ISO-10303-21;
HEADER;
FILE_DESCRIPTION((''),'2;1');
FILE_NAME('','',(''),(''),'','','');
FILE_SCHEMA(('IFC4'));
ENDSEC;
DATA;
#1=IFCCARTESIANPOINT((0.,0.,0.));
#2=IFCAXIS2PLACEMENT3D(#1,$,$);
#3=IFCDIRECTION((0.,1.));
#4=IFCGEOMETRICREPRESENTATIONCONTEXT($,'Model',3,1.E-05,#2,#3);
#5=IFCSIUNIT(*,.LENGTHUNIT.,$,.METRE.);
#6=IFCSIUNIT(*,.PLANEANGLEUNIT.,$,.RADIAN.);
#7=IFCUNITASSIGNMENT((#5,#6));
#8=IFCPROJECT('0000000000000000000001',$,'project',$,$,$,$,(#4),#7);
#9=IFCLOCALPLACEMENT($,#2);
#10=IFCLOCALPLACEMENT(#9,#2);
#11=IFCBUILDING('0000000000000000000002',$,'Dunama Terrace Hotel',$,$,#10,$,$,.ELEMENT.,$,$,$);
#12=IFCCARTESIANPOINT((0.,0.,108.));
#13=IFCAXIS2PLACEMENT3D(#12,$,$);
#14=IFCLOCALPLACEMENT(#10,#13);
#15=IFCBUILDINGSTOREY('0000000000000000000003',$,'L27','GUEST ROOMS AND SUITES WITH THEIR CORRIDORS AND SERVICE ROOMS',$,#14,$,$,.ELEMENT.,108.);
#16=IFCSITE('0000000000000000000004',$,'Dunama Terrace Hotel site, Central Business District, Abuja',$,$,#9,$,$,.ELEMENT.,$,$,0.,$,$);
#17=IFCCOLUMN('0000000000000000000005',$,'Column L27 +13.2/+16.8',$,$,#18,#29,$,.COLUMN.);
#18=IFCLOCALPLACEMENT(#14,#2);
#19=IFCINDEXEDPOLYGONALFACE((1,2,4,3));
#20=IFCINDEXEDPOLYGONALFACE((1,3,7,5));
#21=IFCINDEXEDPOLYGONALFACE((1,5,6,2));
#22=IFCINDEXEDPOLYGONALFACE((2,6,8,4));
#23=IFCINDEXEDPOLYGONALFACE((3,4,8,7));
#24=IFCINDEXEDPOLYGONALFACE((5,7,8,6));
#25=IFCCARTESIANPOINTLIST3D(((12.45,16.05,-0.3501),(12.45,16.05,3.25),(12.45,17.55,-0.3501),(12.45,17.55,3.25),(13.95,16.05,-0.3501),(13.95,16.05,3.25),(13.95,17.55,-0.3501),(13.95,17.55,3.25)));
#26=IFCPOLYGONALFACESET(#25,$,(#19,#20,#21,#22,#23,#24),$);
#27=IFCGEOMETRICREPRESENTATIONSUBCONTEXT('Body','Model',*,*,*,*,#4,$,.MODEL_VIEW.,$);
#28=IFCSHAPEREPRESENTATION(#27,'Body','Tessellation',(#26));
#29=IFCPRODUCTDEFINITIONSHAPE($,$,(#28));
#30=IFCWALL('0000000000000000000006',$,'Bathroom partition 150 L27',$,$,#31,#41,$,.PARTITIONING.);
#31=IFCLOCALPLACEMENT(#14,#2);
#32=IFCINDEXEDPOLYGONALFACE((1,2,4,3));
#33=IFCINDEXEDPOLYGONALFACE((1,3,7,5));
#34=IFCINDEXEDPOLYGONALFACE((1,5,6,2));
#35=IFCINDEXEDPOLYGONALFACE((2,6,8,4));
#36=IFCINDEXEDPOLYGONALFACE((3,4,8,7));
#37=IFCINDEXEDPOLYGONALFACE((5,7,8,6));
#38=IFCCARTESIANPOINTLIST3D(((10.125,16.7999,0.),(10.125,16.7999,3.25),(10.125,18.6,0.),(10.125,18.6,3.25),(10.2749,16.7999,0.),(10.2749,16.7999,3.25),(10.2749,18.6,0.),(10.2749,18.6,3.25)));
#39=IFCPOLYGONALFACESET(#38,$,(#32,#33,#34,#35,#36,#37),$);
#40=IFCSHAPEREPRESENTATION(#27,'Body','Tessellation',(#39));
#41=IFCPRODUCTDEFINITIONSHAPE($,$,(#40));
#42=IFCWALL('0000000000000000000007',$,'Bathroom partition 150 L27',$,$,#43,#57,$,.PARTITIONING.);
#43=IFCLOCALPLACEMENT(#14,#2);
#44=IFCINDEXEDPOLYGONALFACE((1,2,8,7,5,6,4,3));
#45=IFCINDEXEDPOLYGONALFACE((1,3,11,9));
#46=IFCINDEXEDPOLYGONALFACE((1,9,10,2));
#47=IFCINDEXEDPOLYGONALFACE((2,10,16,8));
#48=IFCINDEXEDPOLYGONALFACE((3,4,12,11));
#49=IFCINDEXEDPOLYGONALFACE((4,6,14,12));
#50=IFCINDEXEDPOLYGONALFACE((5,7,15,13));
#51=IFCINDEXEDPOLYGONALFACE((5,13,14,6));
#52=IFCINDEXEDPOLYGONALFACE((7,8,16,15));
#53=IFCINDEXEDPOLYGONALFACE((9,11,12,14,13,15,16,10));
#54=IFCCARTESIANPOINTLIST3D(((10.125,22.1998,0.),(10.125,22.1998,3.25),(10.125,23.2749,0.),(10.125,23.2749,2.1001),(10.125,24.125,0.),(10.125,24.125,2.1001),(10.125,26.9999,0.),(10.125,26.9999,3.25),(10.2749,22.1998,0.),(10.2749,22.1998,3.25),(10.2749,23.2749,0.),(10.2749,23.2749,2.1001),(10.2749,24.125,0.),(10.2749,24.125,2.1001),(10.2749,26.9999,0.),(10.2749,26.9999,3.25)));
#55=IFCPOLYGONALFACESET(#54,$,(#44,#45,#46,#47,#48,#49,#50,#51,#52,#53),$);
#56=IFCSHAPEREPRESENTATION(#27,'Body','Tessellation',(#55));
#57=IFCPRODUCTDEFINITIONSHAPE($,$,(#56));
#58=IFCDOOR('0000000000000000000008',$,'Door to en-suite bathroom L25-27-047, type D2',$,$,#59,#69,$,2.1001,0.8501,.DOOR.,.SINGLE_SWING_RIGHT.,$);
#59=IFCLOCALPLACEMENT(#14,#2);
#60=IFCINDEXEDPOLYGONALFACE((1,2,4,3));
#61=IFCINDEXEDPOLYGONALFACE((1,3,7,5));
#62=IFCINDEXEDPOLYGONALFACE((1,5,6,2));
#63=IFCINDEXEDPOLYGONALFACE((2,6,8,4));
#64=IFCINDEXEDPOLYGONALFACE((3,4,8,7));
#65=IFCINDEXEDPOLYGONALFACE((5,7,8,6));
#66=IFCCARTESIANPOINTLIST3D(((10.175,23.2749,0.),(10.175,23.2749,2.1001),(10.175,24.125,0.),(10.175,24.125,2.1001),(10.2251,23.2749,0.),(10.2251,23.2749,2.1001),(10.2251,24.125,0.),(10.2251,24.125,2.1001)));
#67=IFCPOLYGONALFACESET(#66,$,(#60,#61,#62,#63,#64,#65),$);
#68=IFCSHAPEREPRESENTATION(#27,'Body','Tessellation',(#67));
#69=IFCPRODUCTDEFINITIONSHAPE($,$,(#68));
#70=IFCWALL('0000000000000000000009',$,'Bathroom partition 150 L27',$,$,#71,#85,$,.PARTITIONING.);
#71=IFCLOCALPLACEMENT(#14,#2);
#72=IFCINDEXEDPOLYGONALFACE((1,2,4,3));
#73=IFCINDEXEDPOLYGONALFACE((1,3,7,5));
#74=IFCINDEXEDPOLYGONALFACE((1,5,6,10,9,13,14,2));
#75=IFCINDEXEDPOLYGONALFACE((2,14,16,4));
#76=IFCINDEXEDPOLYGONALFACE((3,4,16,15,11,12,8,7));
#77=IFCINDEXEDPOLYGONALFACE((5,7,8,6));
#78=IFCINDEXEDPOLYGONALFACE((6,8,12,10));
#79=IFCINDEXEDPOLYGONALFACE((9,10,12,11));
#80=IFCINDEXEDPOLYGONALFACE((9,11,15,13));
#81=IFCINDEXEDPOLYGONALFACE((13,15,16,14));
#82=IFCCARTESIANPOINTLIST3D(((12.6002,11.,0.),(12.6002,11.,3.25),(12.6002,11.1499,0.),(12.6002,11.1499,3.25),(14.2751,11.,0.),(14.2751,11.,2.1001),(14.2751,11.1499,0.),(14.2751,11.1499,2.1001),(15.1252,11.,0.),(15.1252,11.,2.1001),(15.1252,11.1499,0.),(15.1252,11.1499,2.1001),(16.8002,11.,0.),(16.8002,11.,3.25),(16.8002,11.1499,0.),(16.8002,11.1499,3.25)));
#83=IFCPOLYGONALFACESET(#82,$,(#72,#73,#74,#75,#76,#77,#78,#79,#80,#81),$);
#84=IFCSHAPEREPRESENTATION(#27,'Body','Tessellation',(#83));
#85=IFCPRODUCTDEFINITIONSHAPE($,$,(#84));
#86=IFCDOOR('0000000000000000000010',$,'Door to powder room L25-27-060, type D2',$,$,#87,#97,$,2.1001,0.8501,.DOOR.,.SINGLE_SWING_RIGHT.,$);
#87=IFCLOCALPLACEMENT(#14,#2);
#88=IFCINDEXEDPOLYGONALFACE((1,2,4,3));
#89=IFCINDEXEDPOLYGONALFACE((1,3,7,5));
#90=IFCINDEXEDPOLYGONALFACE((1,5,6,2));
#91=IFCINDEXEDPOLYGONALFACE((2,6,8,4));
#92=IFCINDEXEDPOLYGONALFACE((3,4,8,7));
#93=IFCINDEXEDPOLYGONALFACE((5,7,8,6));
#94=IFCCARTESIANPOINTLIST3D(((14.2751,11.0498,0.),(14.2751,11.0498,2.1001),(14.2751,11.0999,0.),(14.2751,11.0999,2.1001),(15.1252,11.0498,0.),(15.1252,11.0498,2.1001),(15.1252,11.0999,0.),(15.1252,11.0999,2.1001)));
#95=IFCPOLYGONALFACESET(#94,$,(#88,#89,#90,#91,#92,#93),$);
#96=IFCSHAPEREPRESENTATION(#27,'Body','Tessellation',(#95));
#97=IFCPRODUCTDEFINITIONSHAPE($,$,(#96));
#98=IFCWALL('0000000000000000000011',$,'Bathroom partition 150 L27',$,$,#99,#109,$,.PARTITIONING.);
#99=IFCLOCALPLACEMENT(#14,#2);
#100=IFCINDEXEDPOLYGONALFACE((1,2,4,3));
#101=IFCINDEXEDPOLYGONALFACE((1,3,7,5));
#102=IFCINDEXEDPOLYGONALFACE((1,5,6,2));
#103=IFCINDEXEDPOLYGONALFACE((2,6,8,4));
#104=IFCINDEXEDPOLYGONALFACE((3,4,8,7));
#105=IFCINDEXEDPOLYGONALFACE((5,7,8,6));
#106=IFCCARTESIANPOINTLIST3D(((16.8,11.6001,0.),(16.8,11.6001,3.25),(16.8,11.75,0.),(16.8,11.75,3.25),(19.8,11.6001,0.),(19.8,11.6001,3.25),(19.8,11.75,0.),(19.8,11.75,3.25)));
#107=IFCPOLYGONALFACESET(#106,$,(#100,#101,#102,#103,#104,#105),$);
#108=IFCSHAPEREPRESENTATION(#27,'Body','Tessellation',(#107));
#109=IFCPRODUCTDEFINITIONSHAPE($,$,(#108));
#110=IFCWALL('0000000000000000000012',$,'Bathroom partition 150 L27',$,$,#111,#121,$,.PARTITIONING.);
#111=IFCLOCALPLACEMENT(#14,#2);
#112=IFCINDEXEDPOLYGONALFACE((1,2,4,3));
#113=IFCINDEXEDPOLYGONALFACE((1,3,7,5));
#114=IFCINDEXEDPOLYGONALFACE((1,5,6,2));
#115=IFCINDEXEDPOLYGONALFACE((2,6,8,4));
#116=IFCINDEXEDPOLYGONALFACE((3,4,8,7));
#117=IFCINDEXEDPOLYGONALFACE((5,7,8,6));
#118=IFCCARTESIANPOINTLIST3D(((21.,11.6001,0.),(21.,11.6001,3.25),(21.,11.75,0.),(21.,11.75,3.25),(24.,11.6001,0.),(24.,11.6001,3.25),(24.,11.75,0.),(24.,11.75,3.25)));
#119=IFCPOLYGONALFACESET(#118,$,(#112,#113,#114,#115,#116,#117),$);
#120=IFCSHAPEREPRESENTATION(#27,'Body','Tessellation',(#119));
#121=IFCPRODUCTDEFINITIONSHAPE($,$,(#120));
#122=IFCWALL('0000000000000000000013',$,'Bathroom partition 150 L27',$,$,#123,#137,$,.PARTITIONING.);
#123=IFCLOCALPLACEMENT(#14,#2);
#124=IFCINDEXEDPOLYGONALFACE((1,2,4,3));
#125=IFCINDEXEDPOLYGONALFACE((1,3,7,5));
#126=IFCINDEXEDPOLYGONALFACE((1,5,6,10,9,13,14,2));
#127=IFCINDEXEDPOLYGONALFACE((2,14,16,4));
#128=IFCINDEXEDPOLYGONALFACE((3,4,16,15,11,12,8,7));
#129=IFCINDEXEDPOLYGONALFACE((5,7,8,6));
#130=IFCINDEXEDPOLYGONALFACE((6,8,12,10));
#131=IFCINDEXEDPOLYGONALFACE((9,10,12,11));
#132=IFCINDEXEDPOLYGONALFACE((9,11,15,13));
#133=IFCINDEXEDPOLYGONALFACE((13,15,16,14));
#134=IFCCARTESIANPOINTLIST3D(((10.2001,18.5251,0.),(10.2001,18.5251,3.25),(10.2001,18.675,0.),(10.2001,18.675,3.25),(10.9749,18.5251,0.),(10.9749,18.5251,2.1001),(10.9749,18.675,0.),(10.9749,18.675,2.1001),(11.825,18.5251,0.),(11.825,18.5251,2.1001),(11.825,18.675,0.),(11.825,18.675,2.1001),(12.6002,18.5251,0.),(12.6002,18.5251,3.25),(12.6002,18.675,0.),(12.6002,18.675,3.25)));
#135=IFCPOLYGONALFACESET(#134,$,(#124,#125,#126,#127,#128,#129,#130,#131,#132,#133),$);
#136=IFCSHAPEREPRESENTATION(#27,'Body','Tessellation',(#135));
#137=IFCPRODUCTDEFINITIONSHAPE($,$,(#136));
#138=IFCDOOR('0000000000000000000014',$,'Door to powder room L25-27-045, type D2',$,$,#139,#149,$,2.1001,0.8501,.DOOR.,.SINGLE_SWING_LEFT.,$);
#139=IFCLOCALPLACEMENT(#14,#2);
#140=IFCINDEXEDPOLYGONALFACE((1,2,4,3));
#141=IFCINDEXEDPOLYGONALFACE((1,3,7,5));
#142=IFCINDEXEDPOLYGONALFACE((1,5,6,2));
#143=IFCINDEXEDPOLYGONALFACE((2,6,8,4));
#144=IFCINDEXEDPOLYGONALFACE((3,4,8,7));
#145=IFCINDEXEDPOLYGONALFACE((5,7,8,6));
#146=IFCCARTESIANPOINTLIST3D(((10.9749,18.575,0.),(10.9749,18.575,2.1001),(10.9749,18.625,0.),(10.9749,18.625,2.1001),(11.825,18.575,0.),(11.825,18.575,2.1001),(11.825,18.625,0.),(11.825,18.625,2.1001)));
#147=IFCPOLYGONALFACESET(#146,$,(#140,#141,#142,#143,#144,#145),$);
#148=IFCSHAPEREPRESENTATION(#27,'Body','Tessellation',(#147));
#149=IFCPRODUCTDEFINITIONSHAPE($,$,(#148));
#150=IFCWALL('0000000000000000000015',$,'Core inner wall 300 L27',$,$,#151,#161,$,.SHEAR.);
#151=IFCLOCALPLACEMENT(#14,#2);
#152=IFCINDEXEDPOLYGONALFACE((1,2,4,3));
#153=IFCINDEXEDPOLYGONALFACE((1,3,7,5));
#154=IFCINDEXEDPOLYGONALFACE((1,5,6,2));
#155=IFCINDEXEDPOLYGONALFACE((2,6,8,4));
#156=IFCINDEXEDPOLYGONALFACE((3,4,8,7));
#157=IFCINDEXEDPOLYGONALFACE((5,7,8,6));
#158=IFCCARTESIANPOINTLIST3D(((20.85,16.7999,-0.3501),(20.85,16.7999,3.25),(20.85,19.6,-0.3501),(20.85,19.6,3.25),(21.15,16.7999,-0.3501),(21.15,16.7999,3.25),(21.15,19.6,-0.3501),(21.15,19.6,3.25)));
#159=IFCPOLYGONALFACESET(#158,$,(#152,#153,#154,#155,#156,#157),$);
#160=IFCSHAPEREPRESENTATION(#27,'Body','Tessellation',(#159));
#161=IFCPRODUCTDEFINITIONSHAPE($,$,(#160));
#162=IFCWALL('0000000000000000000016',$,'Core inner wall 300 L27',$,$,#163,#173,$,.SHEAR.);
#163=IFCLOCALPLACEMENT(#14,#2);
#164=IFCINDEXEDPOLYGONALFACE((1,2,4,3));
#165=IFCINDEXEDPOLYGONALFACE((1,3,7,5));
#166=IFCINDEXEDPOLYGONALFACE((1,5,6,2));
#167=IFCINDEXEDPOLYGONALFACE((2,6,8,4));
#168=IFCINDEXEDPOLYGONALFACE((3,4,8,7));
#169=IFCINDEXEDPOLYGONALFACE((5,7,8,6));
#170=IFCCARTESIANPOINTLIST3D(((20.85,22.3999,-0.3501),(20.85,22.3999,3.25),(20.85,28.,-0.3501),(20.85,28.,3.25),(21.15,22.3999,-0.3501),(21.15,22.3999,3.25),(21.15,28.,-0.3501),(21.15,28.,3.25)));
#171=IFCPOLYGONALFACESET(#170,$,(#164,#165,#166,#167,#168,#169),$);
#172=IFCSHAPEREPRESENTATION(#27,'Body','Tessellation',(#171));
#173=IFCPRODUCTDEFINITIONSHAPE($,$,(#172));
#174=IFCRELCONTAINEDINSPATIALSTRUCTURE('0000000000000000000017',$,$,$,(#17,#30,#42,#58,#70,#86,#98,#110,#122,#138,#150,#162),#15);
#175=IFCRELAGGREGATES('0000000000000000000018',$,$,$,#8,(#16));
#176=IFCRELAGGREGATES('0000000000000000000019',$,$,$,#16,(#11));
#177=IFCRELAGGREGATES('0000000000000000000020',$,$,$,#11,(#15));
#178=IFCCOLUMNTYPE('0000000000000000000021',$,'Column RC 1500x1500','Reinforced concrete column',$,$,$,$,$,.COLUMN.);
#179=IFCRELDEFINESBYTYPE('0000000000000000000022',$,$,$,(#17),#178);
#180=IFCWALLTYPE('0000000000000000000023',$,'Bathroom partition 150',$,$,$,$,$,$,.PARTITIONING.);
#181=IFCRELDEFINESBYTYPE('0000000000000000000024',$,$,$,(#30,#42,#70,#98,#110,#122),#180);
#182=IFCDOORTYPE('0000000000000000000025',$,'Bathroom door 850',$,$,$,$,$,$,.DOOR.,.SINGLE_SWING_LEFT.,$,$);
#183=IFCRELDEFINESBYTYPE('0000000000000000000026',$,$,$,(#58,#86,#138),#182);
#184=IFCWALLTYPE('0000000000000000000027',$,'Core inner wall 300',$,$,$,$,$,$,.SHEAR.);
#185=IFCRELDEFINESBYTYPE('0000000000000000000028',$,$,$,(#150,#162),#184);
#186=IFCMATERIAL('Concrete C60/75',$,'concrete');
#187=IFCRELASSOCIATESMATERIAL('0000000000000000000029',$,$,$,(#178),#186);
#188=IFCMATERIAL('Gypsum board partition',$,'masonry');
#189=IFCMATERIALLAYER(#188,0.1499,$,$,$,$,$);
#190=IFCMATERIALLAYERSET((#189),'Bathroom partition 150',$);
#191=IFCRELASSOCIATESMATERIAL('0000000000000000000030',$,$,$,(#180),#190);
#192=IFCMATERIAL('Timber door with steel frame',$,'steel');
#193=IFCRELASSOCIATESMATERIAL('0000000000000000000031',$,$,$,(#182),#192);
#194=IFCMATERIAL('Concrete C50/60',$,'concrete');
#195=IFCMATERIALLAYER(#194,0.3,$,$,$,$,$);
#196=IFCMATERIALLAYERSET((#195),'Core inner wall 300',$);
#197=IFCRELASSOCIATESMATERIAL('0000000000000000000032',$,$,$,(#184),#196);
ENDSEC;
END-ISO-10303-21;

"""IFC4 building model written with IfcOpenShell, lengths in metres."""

from ifc_helpers import new_model, si_unit, direction, frame, frame_2d, origin, origin_2d, place, context, subcontext, project, spatial, rectangle, extrude, material, layer, layer_set, material_profile, profile_set, type_object, element, fill, save


model = new_model("IFC4")

# Units and contexts
model_context = context("Model", 3, precision=1e-05, world=origin(), true_north=direction((0.0, 1.0)))
body_context = subcontext(model_context, "Body", "Model", "MODEL_VIEW")
ifc_project = project(units=[si_unit("LENGTHUNIT", "METRE"), si_unit("PLANEANGLEUNIT", "RADIAN")], contexts=[model_context])

# Site, building, storey
site_placement = place(None, origin())
site = spatial("IfcSite", under=ifc_project, at=site_placement, Name="Dunama Terrace Hotel site, Central Business District, Abuja", CompositionType="ELEMENT", RefElevation=0.0)
building_placement = place(site_placement, origin())
building = spatial("IfcBuilding", under=site, at=building_placement, Name="Dunama Terrace Hotel", CompositionType="ELEMENT")
storey_placement = place(building_placement, frame((0.0, 0.0, 108.0)))
storey = spatial("IfcBuildingStorey", under=building, at=storey_placement, Name="L27", Description="GUEST ROOMS AND SUITES WITH THEIR CORRIDORS AND SERVICE ROOMS", CompositionType="ELEMENT", Elevation=108.0)

# Column
ifc_material_1 = material(Name="Concrete C60/75", Category="concrete")
ifc_material_profile = material_profile(ifc_material_1, rectangle(XDim=1.5, YDim=1.5, at=origin_2d()), Name="RC 1500x1500")
ifc_profile_set = profile_set([ifc_material_profile], Name="Concrete C60/75")
column_type = type_object("IfcColumnType", Name="Column RC 1500x1500", Description="Reinforced concrete column", PredefinedType="COLUMN", material=ifc_profile_set)
column_placement = place(storey_placement, frame((13.2, 16.8, -0.3501), z_axis=(0.0, 0.0, 1.0), x_axis=(1.0, 0.0, 0.0)))
element("IfcColumn", 1, at=column_placement, inside=storey, type_object=column_type, Name="Column L27 +13.2/+16.8", PredefinedType="COLUMN", context=body_context, shape_type="SweptSolid", body=[
    extrude(rectangle(XDim=1.5, YDim=1.5, at=origin_2d()), origin(), (0.0, 0.0, 1.0), 3.6001),
])

# Wall
ifc_material_2 = material(Name="Gypsum board partition", Category="masonry")
ifc_layer_1 = layer(ifc_material_2, 0.1499)
ifc_layer_set_1 = layer_set([ifc_layer_1], Name="Bathroom partition 150")
wall_type_1 = type_object("IfcWallType", Name="Bathroom partition 150", PredefinedType="PARTITIONING", material=ifc_layer_set_1)
wall_1_placement = place(storey_placement, frame((10.2, 16.8, 0.0), z_axis=(0.0, 0.0, 1.0), x_axis=(0.0, 1.0, 0.0)))
element("IfcWall", 2, at=wall_1_placement, inside=storey, type_object=wall_type_1, Name="Bathroom partition 150 L27", PredefinedType="PARTITIONING", context=body_context, shape_type="SweptSolid", body=[
    extrude(rectangle(XDim=1.8, YDim=0.1499, at=frame_2d((0.8999, 0.0))), origin(), (0.0, 0.0, 1.0), 3.25),
])

# Walls, openings, doors
wall_2_placement = place(storey_placement, frame((10.2, 22.2, 0.0), z_axis=(0.0, 0.0, 1.0), x_axis=(0.0, 1.0, 0.0)))
wall_2 = element("IfcWall", 3, at=wall_2_placement, inside=storey, type_object=wall_type_1, Name="Bathroom partition 150 L27", PredefinedType="PARTITIONING", context=body_context, shape_type="SweptSolid", body=[
    extrude(rectangle(XDim=4.8, YDim=0.1499, at=frame_2d((2.3999, 0.0))), origin(), (0.0, 0.0, 1.0), 3.25),
])
opening_1_placement = place(wall_2_placement, frame((1.075, 0.0, 0.0)))
opening_1 = element("IfcOpeningElement", 4, at=opening_1_placement, cuts=wall_2, PredefinedType="OPENING", context=body_context, shape_type="SweptSolid", body=[
    extrude(rectangle(XDim=0.8501, YDim=2.1001, at=frame_2d((0.425, 1.05))), frame((0.0, 0.085, 0.0), z_axis=(0.0, -1.0, 0.0), x_axis=(1.0, 0.0, 0.0)), (0.0, 0.0, 1.0), 0.1699),
])
ifc_material_3 = material(Name="Timber door with steel frame", Category="steel")
door_type_1 = type_object("IfcDoorType", Name="Bathroom door 850", OperationType="SINGLE_SWING_LEFT", PredefinedType="DOOR", material=ifc_material_3)
door_1_placement = place(opening_1_placement, origin())
door_1 = element("IfcDoor", 5, at=door_1_placement, inside=storey, type_object=door_type_1, Name="Door to en-suite bathroom L25-27-047, type D2", OperationType="SINGLE_SWING_RIGHT", OverallHeight=2.1001, OverallWidth=0.8501, PredefinedType="DOOR", context=body_context, shape_type="SweptSolid", body=[
    extrude(rectangle(XDim=0.8501, YDim=2.1001, at=frame_2d((0.425, 1.05))), frame((0.0, 0.0249, 0.0), z_axis=(0.0, -1.0, 0.0), x_axis=(1.0, 0.0, 0.0)), (0.0, 0.0, 1.0), 0.05),
])
fill(opening_1, door_1)
wall_3_placement = place(storey_placement, frame((12.6001, 11.075, 0.0), z_axis=(0.0, 0.0, 1.0), x_axis=(1.0, 0.0, 0.0)))
wall_3 = element("IfcWall", 6, at=wall_3_placement, inside=storey, type_object=wall_type_1, Name="Bathroom partition 150 L27", PredefinedType="PARTITIONING", context=body_context, shape_type="SweptSolid", body=[
    extrude(rectangle(XDim=4.2, YDim=0.1499, at=frame_2d((2.1001, 0.0))), origin(), (0.0, 0.0, 1.0), 3.25),
])
opening_2_placement = place(wall_3_placement, frame((1.675, 0.0, 0.0)))
opening_2 = element("IfcOpeningElement", 7, at=opening_2_placement, cuts=wall_3, PredefinedType="OPENING", context=body_context, shape_type="SweptSolid", body=[
    extrude(rectangle(XDim=0.8501, YDim=2.1001, at=frame_2d((0.425, 1.05))), frame((0.0, 0.085, 0.0), z_axis=(0.0, -1.0, 0.0), x_axis=(1.0, 0.0, 0.0)), (0.0, 0.0, 1.0), 0.1699),
])
door_2_placement = place(opening_2_placement, origin())
door_2 = element("IfcDoor", 8, at=door_2_placement, inside=storey, type_object=door_type_1, Name="Door to powder room L25-27-060, type D2", OperationType="SINGLE_SWING_RIGHT", OverallHeight=2.1001, OverallWidth=0.8501, PredefinedType="DOOR", context=body_context, shape_type="SweptSolid", body=[
    extrude(rectangle(XDim=0.8501, YDim=2.1001, at=frame_2d((0.425, 1.05))), frame((0.0, 0.0249, 0.0), z_axis=(0.0, -1.0, 0.0), x_axis=(1.0, 0.0, 0.0)), (0.0, 0.0, 1.0), 0.05),
])
fill(opening_2, door_2)

# Walls
for number, where, z_axis, x_axis, name in (
    (9, (16.8, 11.675, 0.0), (0.0, 0.0, 1.0), (1.0, 0.0, 0.0), "Bathroom partition 150 L27"),
    (10, (21.0, 11.675, 0.0), (0.0, 0.0, 1.0), (1.0, 0.0, 0.0), "Bathroom partition 150 L27"),
):
    element("IfcWall", number, at=place(storey_placement, frame(where, z_axis=z_axis, x_axis=x_axis)), inside=storey, type_object=wall_type_1, Name=name, PredefinedType="PARTITIONING", context=body_context, shape_type="SweptSolid", body=[
        extrude(rectangle(XDim=3.0, YDim=0.1499, at=frame_2d((1.5, 0.0))), origin(), (0.0, 0.0, 1.0), 3.25),
    ])

# Wall, opening, door
wall_4_placement = place(storey_placement, frame((10.2, 18.6001, 0.0), z_axis=(0.0, 0.0, 1.0), x_axis=(1.0, 0.0, 0.0)))
wall_4 = element("IfcWall", 11, at=wall_4_placement, inside=storey, type_object=wall_type_1, Name="Bathroom partition 150 L27", PredefinedType="PARTITIONING", context=body_context, shape_type="SweptSolid", body=[
    extrude(rectangle(XDim=2.4001, YDim=0.1499, at=frame_2d((1.2002, 0.0))), origin(), (0.0, 0.0, 1.0), 3.25),
])
opening_3_placement = place(wall_4_placement, frame((0.7749, 0.0, 0.0)))
opening_3 = element("IfcOpeningElement", 12, at=opening_3_placement, cuts=wall_4, PredefinedType="OPENING", context=body_context, shape_type="SweptSolid", body=[
    extrude(rectangle(XDim=0.8501, YDim=2.1001, at=frame_2d((0.425, 1.05))), frame((0.0, 0.085, 0.0), z_axis=(0.0, -1.0, 0.0), x_axis=(1.0, 0.0, 0.0)), (0.0, 0.0, 1.0), 0.1699),
])
door_3_placement = place(opening_3_placement, frame((0.8501, 0.0, 0.0), z_axis=(0.0, 0.0, 1.0), x_axis=(-1.0, 0.0, 0.0)))
door_3 = element("IfcDoor", 13, at=door_3_placement, inside=storey, type_object=door_type_1, Name="Door to powder room L25-27-045, type D2", OperationType="SINGLE_SWING_LEFT", OverallHeight=2.1001, OverallWidth=0.8501, PredefinedType="DOOR", context=body_context, shape_type="SweptSolid", body=[
    extrude(rectangle(XDim=0.8501, YDim=2.1001, at=frame_2d((0.425, 1.05))), frame((0.0, 0.0251, 0.0), z_axis=(0.0, -1.0, 0.0), x_axis=(1.0, 0.0, 0.0)), (0.0, 0.0, 1.0), 0.05),
])
fill(opening_3, door_3)

# Walls
ifc_material_4 = material(Name="Concrete C50/60", Category="concrete")
ifc_layer_2 = layer(ifc_material_4, 0.3)
ifc_layer_set_2 = layer_set([ifc_layer_2], Name="Core inner wall 300")
wall_type_2 = type_object("IfcWallType", Name="Core inner wall 300", PredefinedType="SHEAR", material=ifc_layer_set_2)
wall_5_placement = place(storey_placement, frame((21.0, 16.8, -0.3501), z_axis=(0.0, 0.0, 1.0), x_axis=(0.0, 1.0, 0.0)))
element("IfcWall", 14, at=wall_5_placement, inside=storey, type_object=wall_type_2, Name="Core inner wall 300 L27", PredefinedType="SHEAR", context=body_context, shape_type="SweptSolid", body=[
    extrude(rectangle(XDim=2.8, YDim=0.3, at=frame_2d((1.3999, 0.0))), origin(), (0.0, 0.0, 1.0), 3.6001),
])
wall_6_placement = place(storey_placement, frame((21.0, 22.3999, -0.3501), z_axis=(0.0, 0.0, 1.0), x_axis=(0.0, 1.0, 0.0)))
element("IfcWall", 15, at=wall_6_placement, inside=storey, type_object=wall_type_2, Name="Core inner wall 300 L27", PredefinedType="SHEAR", context=body_context, shape_type="SweptSolid", body=[
    extrude(rectangle(XDim=5.6001, YDim=0.3, at=frame_2d((2.8, 0.0))), origin(), (0.0, 0.0, 1.0), 3.6001),
])

save(model, "model.ifc")
